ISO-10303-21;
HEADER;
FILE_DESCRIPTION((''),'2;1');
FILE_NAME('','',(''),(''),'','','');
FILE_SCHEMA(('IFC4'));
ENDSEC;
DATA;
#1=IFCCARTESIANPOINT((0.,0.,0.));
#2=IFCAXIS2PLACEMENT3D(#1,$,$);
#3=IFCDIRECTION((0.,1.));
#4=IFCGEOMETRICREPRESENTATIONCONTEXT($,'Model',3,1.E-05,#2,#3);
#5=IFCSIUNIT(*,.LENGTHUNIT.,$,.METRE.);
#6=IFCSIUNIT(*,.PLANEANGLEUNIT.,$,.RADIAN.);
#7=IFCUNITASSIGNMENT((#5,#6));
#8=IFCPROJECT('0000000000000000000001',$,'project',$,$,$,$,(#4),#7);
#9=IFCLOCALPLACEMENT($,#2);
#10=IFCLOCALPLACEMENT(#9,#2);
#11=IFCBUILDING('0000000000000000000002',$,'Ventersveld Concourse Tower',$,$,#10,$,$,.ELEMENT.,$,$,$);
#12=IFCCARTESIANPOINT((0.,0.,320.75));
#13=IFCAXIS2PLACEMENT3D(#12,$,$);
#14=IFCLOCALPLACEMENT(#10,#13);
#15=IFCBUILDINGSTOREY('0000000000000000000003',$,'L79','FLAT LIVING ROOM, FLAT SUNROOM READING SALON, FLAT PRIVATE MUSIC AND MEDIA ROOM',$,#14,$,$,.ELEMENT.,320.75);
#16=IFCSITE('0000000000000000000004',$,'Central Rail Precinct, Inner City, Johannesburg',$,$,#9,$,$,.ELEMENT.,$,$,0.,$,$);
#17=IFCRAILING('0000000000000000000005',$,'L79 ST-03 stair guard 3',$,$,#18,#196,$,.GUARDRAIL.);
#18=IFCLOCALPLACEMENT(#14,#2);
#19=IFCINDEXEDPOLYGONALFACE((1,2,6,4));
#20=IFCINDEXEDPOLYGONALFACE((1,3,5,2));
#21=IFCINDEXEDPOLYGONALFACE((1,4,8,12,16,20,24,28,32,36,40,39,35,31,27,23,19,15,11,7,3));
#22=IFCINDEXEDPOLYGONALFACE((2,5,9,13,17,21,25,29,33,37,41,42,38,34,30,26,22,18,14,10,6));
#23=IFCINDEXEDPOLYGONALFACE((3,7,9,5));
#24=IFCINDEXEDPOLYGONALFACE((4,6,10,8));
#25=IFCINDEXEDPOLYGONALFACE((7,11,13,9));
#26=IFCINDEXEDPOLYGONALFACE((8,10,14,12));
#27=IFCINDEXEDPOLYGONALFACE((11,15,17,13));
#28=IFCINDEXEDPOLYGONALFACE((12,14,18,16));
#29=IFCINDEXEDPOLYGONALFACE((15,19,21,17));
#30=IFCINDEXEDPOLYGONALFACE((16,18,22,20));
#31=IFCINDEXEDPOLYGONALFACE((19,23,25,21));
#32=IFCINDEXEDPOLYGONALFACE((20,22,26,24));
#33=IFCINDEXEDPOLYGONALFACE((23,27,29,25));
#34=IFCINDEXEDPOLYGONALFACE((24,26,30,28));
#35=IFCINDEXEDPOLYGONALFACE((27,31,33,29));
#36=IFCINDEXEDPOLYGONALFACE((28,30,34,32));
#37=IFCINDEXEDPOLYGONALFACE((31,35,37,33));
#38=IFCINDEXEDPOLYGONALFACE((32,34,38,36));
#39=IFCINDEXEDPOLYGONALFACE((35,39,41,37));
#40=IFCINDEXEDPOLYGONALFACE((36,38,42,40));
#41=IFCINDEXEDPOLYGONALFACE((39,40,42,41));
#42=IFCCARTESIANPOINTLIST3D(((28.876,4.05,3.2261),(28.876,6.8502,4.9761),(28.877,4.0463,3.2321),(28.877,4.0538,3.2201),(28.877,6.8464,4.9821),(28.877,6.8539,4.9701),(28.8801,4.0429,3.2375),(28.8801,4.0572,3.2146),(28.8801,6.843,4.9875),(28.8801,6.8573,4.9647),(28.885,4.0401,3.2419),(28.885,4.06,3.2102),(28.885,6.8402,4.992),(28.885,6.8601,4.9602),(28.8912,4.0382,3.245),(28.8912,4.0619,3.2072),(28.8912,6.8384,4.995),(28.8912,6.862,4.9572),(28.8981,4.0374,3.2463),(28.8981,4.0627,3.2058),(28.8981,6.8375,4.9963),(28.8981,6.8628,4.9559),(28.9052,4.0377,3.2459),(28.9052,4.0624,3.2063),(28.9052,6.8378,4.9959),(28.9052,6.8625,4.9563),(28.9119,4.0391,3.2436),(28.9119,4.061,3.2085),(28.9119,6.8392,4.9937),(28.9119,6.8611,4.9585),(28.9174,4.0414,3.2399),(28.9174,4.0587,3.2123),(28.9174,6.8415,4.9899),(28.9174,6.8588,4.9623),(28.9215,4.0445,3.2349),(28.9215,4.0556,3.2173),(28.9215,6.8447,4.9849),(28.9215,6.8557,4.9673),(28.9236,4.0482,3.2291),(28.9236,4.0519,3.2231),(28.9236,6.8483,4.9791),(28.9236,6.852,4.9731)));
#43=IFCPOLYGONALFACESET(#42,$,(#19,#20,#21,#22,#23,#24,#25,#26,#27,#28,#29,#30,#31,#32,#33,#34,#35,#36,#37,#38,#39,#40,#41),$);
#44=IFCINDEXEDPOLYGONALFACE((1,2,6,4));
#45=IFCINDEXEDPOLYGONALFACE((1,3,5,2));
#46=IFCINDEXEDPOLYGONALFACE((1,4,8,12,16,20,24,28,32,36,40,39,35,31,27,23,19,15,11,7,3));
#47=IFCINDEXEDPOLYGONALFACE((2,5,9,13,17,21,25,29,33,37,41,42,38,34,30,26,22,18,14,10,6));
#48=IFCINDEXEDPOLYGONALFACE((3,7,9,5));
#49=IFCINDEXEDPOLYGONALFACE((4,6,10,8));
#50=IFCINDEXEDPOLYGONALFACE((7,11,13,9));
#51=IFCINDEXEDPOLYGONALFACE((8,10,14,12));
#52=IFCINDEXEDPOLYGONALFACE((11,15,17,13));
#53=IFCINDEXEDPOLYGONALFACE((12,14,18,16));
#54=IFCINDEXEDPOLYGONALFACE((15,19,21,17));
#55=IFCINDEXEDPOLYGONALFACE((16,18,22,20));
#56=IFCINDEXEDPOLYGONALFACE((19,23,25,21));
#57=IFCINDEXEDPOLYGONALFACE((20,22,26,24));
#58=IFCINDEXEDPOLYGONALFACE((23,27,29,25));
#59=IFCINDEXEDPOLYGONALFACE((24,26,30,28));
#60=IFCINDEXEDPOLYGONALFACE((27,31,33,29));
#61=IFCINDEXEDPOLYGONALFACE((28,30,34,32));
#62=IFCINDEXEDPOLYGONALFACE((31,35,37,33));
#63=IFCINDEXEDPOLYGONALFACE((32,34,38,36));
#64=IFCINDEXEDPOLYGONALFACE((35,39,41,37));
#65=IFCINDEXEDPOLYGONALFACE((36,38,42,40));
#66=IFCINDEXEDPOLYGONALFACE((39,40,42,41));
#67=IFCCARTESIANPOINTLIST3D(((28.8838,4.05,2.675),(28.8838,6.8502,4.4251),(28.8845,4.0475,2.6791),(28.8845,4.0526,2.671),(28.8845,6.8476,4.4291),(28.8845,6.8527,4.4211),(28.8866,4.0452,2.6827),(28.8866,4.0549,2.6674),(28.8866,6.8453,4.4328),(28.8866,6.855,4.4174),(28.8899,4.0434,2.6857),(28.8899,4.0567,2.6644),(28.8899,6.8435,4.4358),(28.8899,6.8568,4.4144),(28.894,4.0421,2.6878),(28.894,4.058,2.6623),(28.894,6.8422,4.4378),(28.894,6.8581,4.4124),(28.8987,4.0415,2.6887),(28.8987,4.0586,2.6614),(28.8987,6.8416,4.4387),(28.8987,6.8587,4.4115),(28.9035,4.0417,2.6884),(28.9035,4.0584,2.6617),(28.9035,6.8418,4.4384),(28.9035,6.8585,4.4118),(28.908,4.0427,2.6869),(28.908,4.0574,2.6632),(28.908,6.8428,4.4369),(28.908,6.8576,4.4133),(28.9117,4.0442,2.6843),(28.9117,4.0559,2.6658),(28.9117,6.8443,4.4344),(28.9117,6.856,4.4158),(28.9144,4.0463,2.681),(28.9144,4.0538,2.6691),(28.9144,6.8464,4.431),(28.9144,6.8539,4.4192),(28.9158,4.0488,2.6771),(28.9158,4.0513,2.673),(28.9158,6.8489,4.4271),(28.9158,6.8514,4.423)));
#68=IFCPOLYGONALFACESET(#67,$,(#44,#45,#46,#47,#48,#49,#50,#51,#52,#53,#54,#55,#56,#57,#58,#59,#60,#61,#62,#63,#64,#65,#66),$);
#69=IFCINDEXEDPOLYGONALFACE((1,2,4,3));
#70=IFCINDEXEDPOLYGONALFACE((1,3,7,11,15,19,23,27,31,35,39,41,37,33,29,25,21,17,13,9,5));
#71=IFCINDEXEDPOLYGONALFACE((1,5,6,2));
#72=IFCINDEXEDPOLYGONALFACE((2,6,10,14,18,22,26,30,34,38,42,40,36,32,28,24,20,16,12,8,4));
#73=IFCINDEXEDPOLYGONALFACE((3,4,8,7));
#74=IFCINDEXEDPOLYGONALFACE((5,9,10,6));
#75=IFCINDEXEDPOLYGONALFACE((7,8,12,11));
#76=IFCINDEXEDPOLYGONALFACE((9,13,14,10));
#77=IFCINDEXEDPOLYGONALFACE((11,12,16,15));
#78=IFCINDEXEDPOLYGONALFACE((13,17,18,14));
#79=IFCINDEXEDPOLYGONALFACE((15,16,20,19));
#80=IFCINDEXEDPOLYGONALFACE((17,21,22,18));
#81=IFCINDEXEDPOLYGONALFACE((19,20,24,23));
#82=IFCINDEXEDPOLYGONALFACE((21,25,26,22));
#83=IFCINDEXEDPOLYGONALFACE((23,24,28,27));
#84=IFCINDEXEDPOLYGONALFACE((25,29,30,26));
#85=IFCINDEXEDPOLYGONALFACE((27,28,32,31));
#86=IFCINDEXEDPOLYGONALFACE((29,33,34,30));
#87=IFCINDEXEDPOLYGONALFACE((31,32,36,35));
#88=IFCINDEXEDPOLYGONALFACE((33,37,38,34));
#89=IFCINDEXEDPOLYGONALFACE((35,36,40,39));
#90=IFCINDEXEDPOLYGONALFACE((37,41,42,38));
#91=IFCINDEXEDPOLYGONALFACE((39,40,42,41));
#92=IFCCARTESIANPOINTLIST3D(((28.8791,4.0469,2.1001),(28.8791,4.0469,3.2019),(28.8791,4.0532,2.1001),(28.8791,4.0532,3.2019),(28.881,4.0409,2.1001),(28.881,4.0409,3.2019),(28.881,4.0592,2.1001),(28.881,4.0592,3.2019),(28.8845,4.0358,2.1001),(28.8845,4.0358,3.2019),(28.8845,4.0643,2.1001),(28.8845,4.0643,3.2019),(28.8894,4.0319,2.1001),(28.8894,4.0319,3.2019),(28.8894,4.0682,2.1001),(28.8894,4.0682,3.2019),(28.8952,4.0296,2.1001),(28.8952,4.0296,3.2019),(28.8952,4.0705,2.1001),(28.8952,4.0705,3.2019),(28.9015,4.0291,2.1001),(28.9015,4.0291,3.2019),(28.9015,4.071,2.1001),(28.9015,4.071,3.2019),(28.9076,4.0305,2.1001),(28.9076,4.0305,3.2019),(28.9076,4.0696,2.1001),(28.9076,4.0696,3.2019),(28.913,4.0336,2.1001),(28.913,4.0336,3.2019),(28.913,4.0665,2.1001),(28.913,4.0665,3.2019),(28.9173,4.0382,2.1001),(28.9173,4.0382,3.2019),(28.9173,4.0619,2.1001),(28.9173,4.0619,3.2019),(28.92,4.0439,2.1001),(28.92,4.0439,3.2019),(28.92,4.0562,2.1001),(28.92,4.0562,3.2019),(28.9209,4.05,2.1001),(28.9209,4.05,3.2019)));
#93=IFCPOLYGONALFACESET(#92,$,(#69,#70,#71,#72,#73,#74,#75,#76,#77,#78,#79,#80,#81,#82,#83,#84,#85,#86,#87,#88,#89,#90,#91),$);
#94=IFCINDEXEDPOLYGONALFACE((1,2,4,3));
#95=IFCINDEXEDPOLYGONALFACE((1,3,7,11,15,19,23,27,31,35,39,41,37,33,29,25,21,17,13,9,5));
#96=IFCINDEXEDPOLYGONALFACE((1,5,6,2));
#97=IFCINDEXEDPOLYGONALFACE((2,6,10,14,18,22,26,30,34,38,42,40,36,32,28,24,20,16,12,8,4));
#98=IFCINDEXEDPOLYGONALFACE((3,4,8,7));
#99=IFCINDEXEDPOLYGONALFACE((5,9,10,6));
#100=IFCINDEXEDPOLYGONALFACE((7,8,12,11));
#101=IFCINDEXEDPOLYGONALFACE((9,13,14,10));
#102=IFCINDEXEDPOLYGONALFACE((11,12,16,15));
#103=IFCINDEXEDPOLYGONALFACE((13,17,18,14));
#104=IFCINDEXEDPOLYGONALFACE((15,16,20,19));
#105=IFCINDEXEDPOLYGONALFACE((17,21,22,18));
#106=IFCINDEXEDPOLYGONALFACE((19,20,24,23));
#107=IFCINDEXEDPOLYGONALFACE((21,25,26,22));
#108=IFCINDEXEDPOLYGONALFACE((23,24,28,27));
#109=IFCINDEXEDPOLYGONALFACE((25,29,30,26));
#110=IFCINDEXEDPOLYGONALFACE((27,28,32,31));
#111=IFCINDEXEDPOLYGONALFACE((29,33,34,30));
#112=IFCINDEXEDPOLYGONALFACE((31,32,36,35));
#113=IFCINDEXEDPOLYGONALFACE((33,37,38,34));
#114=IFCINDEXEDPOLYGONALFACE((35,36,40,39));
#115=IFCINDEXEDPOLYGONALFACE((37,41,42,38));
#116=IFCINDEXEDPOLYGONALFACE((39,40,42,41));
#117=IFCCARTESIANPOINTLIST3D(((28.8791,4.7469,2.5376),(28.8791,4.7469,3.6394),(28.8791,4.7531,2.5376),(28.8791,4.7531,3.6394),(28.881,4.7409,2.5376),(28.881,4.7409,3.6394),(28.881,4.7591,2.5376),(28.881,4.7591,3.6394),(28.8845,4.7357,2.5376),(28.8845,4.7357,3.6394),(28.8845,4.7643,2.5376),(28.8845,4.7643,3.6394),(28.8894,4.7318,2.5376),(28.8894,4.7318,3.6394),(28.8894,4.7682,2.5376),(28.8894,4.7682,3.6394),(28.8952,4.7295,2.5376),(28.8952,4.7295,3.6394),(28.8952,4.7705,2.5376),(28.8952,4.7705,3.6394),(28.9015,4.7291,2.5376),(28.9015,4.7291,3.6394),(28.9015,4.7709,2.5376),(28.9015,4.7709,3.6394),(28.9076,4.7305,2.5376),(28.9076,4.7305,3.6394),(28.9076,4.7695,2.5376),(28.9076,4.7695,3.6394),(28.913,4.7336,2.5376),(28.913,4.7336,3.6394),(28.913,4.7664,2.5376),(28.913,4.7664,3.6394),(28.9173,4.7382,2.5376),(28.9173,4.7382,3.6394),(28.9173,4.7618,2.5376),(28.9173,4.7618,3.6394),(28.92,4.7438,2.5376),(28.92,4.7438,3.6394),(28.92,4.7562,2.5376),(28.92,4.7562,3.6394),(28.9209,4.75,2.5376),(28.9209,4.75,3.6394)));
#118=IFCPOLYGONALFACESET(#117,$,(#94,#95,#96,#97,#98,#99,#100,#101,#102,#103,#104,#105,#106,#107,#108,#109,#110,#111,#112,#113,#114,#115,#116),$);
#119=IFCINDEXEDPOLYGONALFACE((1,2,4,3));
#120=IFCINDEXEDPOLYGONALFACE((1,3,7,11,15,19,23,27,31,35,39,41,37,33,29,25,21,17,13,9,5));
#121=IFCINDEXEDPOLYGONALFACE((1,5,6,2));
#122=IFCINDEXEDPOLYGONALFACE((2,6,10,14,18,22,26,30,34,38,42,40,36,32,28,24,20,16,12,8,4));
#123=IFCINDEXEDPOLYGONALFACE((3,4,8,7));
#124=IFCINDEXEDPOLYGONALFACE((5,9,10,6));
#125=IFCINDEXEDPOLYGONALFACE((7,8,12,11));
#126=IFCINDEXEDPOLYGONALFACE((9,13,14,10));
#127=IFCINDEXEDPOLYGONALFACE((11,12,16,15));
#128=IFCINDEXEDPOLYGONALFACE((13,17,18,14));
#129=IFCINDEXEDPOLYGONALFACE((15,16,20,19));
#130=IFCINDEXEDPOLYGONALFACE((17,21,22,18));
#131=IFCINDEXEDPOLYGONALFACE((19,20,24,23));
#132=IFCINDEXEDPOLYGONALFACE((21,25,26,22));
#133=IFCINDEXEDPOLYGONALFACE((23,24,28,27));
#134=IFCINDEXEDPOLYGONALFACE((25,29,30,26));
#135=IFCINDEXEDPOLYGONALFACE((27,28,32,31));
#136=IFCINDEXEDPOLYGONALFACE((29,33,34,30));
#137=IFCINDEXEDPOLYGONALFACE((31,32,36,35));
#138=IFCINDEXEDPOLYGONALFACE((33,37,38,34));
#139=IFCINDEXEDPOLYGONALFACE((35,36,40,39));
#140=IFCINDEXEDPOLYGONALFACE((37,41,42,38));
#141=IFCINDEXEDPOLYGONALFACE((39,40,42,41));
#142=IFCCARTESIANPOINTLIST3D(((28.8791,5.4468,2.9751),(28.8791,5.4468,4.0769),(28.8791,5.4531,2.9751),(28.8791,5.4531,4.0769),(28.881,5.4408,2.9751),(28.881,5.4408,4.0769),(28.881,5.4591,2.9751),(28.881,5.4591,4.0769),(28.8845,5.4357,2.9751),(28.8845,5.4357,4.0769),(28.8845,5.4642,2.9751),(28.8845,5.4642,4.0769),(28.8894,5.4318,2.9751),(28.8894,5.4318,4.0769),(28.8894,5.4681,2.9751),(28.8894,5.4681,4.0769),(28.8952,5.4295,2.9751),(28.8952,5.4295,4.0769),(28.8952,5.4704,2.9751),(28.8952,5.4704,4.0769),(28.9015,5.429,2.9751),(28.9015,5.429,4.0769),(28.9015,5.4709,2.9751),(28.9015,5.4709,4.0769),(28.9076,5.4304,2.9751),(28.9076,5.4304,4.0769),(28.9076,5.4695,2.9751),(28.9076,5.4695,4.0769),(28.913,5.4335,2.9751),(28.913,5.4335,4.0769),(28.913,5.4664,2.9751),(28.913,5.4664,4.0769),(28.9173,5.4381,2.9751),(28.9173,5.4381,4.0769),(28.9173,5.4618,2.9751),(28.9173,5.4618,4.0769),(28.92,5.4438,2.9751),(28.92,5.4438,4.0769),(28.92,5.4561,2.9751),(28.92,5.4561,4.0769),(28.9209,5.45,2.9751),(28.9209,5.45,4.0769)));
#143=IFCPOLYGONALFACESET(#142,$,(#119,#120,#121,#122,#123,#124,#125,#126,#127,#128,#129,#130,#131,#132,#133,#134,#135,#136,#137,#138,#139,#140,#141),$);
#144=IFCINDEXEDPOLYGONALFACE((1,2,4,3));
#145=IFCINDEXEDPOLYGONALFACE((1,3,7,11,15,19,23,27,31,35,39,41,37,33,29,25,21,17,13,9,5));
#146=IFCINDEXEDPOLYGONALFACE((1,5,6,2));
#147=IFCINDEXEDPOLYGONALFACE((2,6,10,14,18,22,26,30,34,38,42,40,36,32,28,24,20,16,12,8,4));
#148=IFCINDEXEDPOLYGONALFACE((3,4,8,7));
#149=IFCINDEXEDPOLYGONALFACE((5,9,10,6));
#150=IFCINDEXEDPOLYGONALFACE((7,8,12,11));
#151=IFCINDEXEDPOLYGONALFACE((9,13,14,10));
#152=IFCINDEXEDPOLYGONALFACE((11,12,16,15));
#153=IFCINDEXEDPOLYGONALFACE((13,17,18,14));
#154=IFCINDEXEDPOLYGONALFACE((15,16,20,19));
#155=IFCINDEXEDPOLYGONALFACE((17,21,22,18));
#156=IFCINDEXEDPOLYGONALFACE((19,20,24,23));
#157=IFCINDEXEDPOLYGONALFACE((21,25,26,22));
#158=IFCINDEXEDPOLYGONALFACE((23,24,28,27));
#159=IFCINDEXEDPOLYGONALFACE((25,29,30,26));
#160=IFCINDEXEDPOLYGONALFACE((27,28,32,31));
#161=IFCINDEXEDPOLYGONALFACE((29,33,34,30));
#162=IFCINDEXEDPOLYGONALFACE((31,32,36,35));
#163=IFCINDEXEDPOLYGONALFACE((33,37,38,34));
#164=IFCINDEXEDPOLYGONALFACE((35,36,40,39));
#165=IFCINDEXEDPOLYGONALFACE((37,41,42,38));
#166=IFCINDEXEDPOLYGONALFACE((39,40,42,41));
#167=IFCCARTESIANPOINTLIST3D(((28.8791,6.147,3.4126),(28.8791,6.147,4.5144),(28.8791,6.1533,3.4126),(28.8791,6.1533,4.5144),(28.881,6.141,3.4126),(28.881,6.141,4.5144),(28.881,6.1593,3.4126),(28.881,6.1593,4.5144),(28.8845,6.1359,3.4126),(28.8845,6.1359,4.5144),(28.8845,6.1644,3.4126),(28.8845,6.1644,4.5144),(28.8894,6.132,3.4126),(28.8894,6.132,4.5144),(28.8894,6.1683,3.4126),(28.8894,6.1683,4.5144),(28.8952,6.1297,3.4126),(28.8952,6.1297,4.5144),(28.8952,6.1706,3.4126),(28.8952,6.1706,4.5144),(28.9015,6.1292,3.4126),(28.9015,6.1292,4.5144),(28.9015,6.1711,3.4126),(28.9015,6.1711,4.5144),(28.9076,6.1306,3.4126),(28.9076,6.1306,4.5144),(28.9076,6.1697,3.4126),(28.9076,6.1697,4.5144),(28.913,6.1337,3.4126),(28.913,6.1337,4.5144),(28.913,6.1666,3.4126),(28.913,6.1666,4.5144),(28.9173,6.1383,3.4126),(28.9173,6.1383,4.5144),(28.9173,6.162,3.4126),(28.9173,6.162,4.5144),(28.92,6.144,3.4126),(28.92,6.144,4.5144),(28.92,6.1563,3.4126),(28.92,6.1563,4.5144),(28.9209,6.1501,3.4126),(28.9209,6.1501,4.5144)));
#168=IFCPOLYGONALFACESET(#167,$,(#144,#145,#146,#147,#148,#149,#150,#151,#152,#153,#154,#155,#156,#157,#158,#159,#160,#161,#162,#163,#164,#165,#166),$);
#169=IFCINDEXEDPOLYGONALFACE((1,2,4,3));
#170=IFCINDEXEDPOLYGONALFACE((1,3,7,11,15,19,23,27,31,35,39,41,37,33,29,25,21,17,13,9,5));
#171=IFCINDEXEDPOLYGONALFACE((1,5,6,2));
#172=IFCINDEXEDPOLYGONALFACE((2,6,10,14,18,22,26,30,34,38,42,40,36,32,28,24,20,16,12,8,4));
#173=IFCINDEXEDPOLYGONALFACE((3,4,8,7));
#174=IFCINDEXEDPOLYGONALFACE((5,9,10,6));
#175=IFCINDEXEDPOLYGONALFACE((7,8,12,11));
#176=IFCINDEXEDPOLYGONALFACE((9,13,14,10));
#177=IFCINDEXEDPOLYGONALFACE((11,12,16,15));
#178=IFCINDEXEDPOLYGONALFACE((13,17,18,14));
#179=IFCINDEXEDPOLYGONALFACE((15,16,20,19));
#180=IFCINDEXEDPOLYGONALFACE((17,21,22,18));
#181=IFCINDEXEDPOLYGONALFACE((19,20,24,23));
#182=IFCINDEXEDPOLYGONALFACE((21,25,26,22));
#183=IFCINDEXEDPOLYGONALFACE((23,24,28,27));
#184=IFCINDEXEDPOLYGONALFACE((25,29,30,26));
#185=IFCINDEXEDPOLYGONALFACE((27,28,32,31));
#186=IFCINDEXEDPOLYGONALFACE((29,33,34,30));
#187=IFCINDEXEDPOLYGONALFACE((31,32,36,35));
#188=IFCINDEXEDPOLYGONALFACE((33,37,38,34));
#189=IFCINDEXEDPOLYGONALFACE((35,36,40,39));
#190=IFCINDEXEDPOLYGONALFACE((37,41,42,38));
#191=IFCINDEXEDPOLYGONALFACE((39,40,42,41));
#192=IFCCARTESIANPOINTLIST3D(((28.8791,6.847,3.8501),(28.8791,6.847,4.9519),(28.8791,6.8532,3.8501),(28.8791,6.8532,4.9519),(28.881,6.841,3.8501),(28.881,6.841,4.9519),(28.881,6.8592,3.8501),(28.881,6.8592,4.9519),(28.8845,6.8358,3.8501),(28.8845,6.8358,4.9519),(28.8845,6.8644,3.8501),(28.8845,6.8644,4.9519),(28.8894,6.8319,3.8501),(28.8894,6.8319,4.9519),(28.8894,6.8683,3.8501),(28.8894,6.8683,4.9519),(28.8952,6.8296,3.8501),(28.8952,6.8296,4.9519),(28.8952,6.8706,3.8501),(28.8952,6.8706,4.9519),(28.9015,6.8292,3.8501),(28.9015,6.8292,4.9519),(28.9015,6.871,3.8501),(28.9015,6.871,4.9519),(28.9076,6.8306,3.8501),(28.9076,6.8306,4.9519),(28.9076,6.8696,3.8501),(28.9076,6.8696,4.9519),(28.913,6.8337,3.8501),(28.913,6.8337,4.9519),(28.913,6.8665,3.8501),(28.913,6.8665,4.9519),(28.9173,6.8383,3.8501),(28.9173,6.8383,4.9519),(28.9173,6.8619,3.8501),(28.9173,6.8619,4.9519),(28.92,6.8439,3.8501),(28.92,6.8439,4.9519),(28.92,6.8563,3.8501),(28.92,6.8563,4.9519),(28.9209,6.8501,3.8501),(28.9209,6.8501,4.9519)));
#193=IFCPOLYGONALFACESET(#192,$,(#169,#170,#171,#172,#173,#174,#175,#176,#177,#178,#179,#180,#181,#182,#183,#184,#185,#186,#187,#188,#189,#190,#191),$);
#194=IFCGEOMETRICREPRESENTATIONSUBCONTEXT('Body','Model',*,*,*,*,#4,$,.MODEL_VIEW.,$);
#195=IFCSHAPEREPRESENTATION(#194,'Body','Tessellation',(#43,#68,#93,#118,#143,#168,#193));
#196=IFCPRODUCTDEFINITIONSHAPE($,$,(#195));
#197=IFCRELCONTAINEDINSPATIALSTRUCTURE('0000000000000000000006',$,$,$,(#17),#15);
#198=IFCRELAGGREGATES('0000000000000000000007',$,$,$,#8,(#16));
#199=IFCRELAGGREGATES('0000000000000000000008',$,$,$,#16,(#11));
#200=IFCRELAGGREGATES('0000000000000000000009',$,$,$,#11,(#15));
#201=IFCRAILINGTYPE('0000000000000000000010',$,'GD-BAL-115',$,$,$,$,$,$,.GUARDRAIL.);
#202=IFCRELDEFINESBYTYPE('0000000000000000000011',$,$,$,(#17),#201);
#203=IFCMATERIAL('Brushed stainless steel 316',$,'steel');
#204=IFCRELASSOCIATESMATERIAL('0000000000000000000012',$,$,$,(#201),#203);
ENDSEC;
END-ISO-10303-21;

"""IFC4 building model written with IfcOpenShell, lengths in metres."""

from ifc_helpers import new_model, si_unit, direction, frame, origin, origin_2d, place, context, subcontext, project, spatial, circle, extrude, material, type_object, element, save


model = new_model("IFC4")

# Units and contexts
model_context = context("Model", 3, precision=1e-05, world=origin(), true_north=direction((0.0, 1.0)))
body_context = subcontext(model_context, "Body", "Model", "MODEL_VIEW")
ifc_project = project(units=[si_unit("LENGTHUNIT", "METRE"), si_unit("PLANEANGLEUNIT", "RADIAN")], contexts=[model_context])

# Site, building, storey
site_placement = place(None, origin())
site = spatial("IfcSite", under=ifc_project, at=site_placement, Name="Central Rail Precinct, Inner City, Johannesburg", CompositionType="ELEMENT", RefElevation=0.0)
building_placement = place(site_placement, origin())
building = spatial("IfcBuilding", under=site, at=building_placement, Name="Ventersveld Concourse Tower", CompositionType="ELEMENT")
storey_placement = place(building_placement, frame((0.0, 0.0, 320.75)))
storey = spatial("IfcBuildingStorey", under=building, at=storey_placement, Name="L79", Description="FLAT LIVING ROOM, FLAT SUNROOM READING SALON, FLAT PRIVATE MUSIC AND MEDIA ROOM", CompositionType="ELEMENT", Elevation=320.75)

# Shared definitions
ifc_material_1 = material(Name="Brushed stainless steel 316", Category="steel")

# Railing
railing_type_1 = type_object("IfcRailingType", Name="GD-BAL-115", PredefinedType="GUARDRAIL", material=ifc_material_1)
railing_1_placement = place(storey_placement, frame((28.8999, 4.05, 2.1001)))
element("IfcRailing", 1, at=railing_1_placement, inside=storey, type_object=railing_type_1, Name="L79 ST-03 stair guard 3", PredefinedType="GUARDRAIL", context=body_context, shape_type="SweptSolid", body=[
    extrude(circle(Radius=0.0239, at=origin_2d()), frame((0.0, 0.0, 1.126), z_axis=(0.0, 0.848002, 0.529992), x_axis=(-1.0, 0.0, 0.0)), (0.0, 0.0, 1.0), 3.302),
    extrude(circle(Radius=0.0161, at=origin_2d()), frame((0.0, 0.0, 0.575), z_axis=(0.0, 0.848002, 0.529992), x_axis=(-1.0, 0.0, 0.0)), (0.0, 0.0, 1.0), 3.302),
    extrude(circle(Radius=0.021, at=origin_2d()), origin(), (0.0, 0.0, 1.0), 1.1018),
    extrude(circle(Radius=0.021, at=origin_2d()), frame((0.0, 0.7, 0.4375)), (0.0, 0.0, 1.0), 1.1018),
    extrude(circle(Radius=0.021, at=origin_2d()), frame((0.0, 1.3999, 0.875)), (0.0, 0.0, 1.0), 1.1018),
    extrude(circle(Radius=0.021, at=origin_2d()), frame((0.0, 2.1001, 1.3125)), (0.0, 0.0, 1.0), 1.1018),
    extrude(circle(Radius=0.021, at=origin_2d()), frame((0.0, 2.8, 1.75)), (0.0, 0.0, 1.0), 1.1018),
])

save(model, "model.ifc")
